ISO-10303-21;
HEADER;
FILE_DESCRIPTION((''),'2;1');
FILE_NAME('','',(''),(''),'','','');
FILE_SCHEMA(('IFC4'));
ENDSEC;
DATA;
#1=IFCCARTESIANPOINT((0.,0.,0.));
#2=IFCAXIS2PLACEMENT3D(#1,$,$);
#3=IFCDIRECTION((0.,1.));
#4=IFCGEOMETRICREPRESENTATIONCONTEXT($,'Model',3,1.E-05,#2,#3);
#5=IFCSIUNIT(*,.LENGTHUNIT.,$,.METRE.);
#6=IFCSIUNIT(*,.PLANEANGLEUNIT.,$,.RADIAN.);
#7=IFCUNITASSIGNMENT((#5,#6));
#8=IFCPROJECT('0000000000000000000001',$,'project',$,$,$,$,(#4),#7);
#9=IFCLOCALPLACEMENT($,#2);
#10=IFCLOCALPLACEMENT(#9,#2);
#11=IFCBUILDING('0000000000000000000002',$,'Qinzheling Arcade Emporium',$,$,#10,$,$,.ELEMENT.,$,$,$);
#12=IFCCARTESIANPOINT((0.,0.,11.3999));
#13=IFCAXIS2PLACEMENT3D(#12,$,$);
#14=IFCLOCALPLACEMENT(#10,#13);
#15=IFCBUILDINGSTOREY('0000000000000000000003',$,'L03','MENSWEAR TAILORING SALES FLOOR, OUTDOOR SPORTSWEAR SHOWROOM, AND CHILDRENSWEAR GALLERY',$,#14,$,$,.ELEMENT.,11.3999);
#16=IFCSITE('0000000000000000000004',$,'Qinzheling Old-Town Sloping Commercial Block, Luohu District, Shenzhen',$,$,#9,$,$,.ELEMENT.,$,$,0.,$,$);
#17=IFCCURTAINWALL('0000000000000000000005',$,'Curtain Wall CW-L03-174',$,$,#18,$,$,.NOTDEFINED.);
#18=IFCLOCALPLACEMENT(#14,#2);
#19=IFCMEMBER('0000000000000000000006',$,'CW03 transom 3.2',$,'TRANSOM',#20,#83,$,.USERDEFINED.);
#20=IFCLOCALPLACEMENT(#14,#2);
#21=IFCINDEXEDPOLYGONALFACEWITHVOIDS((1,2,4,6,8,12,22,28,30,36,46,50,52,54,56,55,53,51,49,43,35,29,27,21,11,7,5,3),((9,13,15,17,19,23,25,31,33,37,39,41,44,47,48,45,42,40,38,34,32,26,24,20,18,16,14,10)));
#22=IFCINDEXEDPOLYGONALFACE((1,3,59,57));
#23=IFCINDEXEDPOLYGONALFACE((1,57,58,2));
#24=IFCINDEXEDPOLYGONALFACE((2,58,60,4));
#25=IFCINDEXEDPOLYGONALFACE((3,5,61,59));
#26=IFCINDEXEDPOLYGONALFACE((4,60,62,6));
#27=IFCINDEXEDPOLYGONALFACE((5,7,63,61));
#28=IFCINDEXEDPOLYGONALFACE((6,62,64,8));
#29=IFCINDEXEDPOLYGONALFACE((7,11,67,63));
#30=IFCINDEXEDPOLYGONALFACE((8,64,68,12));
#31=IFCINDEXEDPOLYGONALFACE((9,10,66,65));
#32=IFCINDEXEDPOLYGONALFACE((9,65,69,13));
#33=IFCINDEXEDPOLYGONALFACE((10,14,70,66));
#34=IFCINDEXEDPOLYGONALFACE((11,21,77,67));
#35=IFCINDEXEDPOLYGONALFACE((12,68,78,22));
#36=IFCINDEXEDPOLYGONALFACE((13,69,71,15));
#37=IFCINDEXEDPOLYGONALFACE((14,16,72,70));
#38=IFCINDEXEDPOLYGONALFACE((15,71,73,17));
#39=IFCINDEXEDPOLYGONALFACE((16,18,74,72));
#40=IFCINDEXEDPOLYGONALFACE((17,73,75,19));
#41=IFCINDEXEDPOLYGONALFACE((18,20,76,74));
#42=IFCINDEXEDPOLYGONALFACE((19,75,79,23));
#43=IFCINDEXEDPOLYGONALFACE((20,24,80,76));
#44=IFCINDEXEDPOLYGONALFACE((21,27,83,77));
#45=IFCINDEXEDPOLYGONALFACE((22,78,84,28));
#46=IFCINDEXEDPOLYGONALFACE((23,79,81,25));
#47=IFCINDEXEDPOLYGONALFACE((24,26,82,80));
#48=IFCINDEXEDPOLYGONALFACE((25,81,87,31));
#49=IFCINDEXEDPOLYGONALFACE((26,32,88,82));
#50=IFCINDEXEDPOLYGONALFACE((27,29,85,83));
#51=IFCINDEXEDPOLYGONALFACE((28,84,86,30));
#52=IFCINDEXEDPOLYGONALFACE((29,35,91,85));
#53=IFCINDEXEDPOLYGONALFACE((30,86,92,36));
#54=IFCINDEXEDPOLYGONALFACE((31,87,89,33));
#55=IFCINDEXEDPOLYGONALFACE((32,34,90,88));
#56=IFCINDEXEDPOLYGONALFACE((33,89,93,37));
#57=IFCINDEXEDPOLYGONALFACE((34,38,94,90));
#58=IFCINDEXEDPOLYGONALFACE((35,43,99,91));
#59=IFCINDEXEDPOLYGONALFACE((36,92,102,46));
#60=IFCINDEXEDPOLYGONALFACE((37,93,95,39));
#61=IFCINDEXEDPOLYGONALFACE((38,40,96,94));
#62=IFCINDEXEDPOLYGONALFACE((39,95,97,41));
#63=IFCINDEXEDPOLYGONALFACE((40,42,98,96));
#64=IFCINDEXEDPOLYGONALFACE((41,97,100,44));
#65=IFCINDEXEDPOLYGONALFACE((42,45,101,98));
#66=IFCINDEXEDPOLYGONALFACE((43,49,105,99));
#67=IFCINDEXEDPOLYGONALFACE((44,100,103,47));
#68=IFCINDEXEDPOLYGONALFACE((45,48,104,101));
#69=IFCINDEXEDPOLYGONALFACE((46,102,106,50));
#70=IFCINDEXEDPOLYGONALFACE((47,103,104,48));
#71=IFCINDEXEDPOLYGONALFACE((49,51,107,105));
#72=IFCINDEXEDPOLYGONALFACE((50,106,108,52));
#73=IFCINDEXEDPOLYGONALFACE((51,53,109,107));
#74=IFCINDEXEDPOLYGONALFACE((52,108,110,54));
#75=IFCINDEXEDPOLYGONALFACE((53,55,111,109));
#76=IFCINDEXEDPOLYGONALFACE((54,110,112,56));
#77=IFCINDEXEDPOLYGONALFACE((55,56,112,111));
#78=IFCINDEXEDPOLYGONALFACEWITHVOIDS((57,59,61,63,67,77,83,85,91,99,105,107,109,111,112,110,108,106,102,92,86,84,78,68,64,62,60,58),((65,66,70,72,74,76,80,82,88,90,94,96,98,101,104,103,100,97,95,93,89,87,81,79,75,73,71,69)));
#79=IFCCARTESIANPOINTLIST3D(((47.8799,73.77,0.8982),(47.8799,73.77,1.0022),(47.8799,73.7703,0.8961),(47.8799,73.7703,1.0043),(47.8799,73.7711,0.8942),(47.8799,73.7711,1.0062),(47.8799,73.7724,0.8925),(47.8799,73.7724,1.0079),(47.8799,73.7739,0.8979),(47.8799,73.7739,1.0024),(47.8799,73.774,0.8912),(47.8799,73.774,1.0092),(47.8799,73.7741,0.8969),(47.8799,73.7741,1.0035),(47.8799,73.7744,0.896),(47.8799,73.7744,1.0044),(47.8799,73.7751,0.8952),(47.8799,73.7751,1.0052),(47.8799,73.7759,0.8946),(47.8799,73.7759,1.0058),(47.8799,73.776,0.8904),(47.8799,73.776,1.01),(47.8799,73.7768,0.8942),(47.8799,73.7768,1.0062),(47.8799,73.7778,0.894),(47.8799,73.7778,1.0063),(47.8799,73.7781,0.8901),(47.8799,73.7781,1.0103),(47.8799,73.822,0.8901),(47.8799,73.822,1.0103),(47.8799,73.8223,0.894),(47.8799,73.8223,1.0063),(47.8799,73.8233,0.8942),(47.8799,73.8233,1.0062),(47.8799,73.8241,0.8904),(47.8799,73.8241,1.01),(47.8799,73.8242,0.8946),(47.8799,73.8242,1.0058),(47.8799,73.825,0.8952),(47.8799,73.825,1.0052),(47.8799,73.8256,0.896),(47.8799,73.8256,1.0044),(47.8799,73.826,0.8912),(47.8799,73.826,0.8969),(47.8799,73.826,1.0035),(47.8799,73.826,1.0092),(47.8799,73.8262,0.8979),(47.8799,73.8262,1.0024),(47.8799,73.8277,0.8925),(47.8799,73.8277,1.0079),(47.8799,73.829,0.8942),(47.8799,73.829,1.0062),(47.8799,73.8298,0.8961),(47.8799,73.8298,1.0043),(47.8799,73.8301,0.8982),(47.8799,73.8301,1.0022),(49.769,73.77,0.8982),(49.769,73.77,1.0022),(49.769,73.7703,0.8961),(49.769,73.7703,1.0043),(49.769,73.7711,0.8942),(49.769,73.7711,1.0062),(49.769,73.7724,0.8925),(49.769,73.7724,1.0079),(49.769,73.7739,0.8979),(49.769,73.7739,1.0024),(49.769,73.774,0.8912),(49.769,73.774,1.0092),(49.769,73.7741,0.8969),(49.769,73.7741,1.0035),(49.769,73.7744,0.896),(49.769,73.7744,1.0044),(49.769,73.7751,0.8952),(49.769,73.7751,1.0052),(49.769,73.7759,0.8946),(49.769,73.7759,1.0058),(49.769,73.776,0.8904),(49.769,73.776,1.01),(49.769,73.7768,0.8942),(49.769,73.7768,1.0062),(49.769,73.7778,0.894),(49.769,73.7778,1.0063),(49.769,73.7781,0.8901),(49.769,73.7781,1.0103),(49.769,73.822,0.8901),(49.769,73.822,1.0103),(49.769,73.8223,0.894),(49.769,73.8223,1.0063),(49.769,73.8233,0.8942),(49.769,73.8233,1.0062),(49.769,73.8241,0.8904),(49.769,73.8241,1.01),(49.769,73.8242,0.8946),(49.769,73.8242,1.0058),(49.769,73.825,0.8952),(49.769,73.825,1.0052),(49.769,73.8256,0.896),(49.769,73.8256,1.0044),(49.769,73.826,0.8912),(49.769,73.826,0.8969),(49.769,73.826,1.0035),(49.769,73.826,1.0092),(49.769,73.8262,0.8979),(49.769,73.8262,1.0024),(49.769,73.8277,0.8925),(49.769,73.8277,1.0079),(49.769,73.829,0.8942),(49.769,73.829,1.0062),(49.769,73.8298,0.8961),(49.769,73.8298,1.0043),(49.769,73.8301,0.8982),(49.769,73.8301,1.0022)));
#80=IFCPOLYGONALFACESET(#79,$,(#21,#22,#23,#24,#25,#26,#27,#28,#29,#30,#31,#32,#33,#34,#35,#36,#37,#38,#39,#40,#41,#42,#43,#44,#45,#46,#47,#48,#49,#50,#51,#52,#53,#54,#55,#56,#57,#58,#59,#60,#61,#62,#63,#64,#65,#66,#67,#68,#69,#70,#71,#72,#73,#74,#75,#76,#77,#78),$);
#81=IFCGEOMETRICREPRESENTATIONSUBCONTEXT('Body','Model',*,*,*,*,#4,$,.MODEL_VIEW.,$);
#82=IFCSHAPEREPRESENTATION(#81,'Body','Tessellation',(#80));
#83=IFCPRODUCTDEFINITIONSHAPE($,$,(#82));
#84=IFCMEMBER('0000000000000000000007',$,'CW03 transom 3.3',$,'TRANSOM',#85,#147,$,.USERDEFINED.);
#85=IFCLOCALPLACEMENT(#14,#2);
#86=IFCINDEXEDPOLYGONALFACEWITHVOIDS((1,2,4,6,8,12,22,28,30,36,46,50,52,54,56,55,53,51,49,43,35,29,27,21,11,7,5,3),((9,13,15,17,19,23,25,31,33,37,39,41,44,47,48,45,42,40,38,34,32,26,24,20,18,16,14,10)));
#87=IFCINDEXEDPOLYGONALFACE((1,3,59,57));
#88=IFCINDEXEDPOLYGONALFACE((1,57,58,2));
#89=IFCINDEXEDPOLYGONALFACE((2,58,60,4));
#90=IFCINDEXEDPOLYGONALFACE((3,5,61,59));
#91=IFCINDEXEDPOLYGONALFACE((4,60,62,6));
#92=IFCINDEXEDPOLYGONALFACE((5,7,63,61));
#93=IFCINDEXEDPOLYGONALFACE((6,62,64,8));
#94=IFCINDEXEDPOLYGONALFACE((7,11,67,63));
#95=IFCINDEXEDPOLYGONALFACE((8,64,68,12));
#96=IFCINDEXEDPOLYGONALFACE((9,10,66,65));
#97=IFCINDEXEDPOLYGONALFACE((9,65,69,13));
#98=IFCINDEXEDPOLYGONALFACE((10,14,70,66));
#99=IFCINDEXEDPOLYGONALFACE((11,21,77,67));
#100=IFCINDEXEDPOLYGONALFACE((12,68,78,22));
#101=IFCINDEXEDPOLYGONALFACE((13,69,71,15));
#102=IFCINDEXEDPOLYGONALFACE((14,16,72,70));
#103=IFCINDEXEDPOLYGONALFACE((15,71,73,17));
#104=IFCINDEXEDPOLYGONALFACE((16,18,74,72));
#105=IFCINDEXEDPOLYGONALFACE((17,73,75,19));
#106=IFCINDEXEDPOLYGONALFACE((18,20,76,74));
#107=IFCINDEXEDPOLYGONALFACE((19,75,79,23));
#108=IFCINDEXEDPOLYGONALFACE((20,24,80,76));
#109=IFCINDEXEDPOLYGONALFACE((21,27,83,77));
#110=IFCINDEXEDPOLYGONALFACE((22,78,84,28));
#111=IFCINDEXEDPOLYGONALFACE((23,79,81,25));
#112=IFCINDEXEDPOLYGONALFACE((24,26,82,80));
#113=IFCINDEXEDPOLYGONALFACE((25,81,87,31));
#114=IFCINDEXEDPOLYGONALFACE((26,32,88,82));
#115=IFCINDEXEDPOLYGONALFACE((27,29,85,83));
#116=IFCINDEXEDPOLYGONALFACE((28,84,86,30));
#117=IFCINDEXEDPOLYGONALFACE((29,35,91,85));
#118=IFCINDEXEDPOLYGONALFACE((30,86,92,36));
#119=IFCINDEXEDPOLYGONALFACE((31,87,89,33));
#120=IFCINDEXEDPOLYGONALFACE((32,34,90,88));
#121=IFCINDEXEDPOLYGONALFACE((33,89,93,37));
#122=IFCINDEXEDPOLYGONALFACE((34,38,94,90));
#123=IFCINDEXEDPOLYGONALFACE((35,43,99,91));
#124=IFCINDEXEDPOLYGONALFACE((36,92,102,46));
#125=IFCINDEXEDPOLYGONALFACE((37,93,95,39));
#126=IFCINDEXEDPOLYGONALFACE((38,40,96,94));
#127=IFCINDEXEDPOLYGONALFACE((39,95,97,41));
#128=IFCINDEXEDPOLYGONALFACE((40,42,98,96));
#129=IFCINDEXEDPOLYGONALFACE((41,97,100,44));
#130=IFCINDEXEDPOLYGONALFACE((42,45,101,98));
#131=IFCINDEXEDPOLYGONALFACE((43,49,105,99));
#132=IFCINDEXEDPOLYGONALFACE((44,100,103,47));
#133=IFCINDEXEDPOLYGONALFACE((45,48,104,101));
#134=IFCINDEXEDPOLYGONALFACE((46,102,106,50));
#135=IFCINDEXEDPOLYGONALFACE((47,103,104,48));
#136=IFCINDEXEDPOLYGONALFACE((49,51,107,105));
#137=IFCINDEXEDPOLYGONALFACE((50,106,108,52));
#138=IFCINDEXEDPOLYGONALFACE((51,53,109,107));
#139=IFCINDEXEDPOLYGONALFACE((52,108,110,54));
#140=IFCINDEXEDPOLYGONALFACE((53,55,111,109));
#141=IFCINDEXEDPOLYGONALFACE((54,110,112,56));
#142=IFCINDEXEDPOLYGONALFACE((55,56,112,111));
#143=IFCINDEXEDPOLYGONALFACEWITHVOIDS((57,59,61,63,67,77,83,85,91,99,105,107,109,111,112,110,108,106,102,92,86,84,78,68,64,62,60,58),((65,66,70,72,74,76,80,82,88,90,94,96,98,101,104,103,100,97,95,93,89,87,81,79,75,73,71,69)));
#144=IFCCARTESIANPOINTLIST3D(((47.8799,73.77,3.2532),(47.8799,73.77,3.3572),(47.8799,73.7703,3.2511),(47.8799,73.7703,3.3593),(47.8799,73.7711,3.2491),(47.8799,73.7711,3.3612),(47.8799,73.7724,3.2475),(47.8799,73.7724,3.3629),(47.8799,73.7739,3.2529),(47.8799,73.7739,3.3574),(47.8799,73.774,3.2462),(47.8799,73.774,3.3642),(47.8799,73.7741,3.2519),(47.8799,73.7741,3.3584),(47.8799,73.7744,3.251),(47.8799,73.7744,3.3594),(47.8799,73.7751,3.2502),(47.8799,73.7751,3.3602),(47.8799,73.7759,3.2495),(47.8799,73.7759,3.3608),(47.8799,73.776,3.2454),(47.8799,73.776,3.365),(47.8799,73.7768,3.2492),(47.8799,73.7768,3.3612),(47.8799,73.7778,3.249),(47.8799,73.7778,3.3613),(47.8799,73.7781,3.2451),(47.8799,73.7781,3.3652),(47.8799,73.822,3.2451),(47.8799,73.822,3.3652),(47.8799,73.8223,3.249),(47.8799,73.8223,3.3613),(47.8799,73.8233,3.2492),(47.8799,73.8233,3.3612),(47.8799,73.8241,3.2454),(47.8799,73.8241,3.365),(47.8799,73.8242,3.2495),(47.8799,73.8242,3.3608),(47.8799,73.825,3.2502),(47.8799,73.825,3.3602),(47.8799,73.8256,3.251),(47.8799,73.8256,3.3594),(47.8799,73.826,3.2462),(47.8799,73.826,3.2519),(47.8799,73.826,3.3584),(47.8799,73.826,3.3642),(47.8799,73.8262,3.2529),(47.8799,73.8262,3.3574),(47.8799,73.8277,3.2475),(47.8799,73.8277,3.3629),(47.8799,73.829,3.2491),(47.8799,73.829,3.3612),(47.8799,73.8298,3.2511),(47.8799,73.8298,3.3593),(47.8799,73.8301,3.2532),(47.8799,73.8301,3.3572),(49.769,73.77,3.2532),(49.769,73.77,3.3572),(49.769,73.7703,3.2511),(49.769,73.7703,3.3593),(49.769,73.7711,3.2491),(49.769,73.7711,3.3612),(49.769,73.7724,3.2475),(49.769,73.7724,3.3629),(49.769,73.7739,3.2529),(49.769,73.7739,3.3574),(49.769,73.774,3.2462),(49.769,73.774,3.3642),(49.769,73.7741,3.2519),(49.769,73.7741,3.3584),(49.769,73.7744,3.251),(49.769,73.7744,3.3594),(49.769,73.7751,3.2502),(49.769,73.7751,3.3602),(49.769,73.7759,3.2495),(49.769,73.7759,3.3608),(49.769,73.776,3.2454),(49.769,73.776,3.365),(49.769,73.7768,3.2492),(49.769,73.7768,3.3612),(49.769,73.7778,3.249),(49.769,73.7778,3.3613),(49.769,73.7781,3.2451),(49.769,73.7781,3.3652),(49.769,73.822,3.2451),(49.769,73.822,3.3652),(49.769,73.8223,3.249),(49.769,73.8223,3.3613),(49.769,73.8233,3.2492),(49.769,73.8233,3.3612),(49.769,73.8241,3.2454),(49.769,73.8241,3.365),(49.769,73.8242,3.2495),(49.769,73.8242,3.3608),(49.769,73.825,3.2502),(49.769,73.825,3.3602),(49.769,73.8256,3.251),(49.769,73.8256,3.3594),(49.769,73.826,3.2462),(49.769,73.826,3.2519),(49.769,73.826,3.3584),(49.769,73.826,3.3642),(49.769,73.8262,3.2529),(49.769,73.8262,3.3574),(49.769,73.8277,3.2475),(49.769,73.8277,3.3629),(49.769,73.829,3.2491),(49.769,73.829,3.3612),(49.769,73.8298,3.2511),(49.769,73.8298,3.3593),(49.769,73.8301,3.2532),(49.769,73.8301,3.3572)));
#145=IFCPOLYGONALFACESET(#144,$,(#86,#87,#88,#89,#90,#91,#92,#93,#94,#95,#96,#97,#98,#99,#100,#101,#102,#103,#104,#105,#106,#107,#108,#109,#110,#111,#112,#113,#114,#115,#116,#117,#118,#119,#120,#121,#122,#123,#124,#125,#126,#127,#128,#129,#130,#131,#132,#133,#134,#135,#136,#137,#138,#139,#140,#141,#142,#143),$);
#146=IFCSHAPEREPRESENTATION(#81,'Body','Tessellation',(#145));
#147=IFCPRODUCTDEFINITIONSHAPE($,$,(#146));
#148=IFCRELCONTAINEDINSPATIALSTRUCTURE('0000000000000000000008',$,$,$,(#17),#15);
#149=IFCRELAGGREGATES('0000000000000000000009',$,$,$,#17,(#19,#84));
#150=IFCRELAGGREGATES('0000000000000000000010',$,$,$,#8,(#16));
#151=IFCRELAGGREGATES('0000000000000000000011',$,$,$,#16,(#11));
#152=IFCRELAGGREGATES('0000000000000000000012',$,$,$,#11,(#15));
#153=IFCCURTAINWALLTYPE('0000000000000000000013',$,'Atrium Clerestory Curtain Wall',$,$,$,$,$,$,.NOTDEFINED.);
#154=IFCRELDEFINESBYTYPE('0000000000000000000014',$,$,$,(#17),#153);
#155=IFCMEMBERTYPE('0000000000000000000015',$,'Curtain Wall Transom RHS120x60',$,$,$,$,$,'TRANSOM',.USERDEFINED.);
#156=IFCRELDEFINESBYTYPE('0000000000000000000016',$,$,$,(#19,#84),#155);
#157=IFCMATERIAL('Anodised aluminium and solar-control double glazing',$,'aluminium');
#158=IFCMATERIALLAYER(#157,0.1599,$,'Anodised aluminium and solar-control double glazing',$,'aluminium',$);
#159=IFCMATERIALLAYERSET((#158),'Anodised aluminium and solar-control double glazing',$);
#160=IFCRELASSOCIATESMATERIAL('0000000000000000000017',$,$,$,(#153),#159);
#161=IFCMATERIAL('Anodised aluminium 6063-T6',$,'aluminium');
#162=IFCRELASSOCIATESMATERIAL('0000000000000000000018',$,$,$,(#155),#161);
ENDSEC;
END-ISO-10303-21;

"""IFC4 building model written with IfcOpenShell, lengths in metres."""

from ifc_helpers import new_model, si_unit, direction, frame, origin, origin_2d, place, context, subcontext, project, spatial, hollow_rectangle, extrude, material, layer, layer_set, material_profile, profile_set, type_object, element, aggregate, save


model = new_model("IFC4")

# Units and contexts
model_context = context("Model", 3, precision=1e-05, world=origin(), true_north=direction((0.0, 1.0)))
body_context = subcontext(model_context, "Body", "Model", "MODEL_VIEW")
ifc_project = project(units=[si_unit("LENGTHUNIT", "METRE"), si_unit("PLANEANGLEUNIT", "RADIAN")], contexts=[model_context])

# Site, building, storey
site_placement = place(None, origin())
site = spatial("IfcSite", under=ifc_project, at=site_placement, Name="Qinzheling Old-Town Sloping Commercial Block, Luohu District, Shenzhen", CompositionType="ELEMENT", RefElevation=0.0)
building_placement = place(site_placement, origin())
building = spatial("IfcBuilding", under=site, at=building_placement, Name="Qinzheling Arcade Emporium", CompositionType="ELEMENT")
storey_placement = place(building_placement, frame((0.0, 0.0, 11.3999)))
storey = spatial("IfcBuildingStorey", under=building, at=storey_placement, Name="L03", Description="MENSWEAR TAILORING SALES FLOOR, OUTDOOR SPORTSWEAR SHOWROOM, AND CHILDRENSWEAR GALLERY", CompositionType="ELEMENT", Elevation=11.3999)

# Curtain wall, members
ifc_material_1 = material(Name="Anodised aluminium and solar-control double glazing", Category="aluminium")
ifc_layer_1 = layer(ifc_material_1, 0.1599, Name="Anodised aluminium and solar-control double glazing", Category="aluminium")
ifc_layer_set_1 = layer_set([ifc_layer_1], Name="Anodised aluminium and solar-control double glazing")
curtain_wall_type = type_object("IfcCurtainWallType", Name="Atrium Clerestory Curtain Wall", PredefinedType="NOTDEFINED", material=ifc_layer_set_1)
curtain_wall_placement = place(storey_placement, origin())
curtain_wall = element("IfcCurtainWall", 1, at=curtain_wall_placement, inside=storey, type_object=curtain_wall_type, Name="Curtain Wall CW-L03-174", PredefinedType="NOTDEFINED")
ifc_material_2 = material(Name="Anodised aluminium 6063-T6", Category="aluminium")
ifc_material_profile_1 = material_profile(ifc_material_2, hollow_rectangle(XDim=0.0601, YDim=0.1201, WallThickness=0.0039, InnerFilletRadius=0.0039, OuterFilletRadius=0.0081, at=origin_2d()), Name="RHS 120x60x4", Category="aluminium")
ifc_profile_set_1 = profile_set([ifc_material_profile_1], Name="Anodised aluminium 6063-T6")
member_type_1 = type_object("IfcMemberType", Name="Curtain Wall Transom RHS120x60", ElementType="TRANSOM", PredefinedType="USERDEFINED", material=ifc_profile_set_1)
member_1_placement = place(storey_placement, frame((47.8799, 73.8, 0.9502), z_axis=(1.0, 0.0, 0.0), x_axis=(0.0, 1.0, 0.0)))
member_1 = element("IfcMember", 2, at=member_1_placement, type_object=member_type_1, Name="CW03 transom 3.2", ObjectType="TRANSOM", PredefinedType="USERDEFINED", context=body_context, shape_type="SweptSolid", body=[
    extrude(hollow_rectangle(XDim=0.0601, YDim=0.1201, WallThickness=0.0039, InnerFilletRadius=0.0039, OuterFilletRadius=0.0081, at=origin_2d()), origin(), (0.0, 0.0, 1.0), 1.8892),
])
member_2_placement = place(storey_placement, frame((47.8799, 73.8, 3.3052), z_axis=(1.0, 0.0, 0.0), x_axis=(0.0, 1.0, 0.0)))
member_2 = element("IfcMember", 3, at=member_2_placement, type_object=member_type_1, Name="CW03 transom 3.3", ObjectType="TRANSOM", PredefinedType="USERDEFINED", context=body_context, shape_type="SweptSolid", body=[
    extrude(hollow_rectangle(XDim=0.0601, YDim=0.1201, WallThickness=0.0039, InnerFilletRadius=0.0039, OuterFilletRadius=0.0081, at=origin_2d()), origin(), (0.0, 0.0, 1.0), 1.8892),
])
aggregate(curtain_wall, [member_1, member_2])

save(model, "model.ifc")
